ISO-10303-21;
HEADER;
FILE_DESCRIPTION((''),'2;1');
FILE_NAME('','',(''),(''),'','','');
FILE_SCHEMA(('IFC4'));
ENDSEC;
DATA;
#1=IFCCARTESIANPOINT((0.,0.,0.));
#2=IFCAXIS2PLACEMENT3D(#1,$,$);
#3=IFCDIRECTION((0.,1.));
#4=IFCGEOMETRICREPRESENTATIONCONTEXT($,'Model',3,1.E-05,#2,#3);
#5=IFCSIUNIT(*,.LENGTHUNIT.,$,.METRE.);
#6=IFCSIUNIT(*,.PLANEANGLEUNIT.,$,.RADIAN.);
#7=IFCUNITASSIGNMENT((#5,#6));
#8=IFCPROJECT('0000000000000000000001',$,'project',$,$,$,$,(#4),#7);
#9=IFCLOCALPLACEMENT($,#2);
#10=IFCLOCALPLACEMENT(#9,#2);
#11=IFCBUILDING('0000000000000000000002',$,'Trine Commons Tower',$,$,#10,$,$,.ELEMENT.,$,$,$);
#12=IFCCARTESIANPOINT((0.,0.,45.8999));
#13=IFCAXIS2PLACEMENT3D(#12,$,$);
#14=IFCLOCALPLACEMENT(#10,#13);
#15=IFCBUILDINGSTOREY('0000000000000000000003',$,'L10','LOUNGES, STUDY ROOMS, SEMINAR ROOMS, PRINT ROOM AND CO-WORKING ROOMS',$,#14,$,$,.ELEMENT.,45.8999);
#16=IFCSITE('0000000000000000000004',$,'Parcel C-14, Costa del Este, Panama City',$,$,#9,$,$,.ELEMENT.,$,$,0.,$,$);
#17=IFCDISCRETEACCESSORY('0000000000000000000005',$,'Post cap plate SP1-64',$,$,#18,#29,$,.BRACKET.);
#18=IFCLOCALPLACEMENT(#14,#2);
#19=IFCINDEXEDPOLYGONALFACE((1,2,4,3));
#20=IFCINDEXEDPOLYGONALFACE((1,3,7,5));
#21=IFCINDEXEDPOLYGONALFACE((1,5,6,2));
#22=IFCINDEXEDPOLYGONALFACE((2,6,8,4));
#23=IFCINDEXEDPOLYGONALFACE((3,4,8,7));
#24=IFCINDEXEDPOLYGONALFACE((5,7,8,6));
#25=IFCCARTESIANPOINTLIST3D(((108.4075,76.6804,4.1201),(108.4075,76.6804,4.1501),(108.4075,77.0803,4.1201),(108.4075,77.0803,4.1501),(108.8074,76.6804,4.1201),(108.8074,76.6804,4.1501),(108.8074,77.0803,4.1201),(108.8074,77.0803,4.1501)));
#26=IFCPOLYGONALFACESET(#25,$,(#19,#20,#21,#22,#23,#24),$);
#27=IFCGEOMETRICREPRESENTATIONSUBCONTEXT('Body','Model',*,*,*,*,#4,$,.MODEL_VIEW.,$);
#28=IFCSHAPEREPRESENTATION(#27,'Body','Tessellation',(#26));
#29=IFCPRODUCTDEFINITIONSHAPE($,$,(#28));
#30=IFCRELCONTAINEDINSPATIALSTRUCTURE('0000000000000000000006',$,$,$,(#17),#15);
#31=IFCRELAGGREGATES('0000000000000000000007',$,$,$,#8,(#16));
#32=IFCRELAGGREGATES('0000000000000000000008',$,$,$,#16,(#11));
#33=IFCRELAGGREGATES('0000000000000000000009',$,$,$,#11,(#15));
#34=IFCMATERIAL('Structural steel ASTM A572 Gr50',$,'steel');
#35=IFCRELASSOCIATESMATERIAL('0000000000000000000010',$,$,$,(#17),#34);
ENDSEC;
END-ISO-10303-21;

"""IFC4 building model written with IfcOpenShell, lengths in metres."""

from ifc_helpers import new_model, si_unit, direction, frame, origin, origin_2d, place, context, subcontext, project, spatial, rectangle, extrude, material, element, save


model = new_model("IFC4")

# Units and contexts
model_context = context("Model", 3, precision=1e-05, world=origin(), true_north=direction((0.0, 1.0)))
body_context = subcontext(model_context, "Body", "Model", "MODEL_VIEW")
ifc_project = project(units=[si_unit("LENGTHUNIT", "METRE"), si_unit("PLANEANGLEUNIT", "RADIAN")], contexts=[model_context])

# Site, building, storey
site_placement = place(None, origin())
site = spatial("IfcSite", under=ifc_project, at=site_placement, Name="Parcel C-14, Costa del Este, Panama City", CompositionType="ELEMENT", RefElevation=0.0)
building_placement = place(site_placement, origin())
building = spatial("IfcBuilding", under=site, at=building_placement, Name="Trine Commons Tower", CompositionType="ELEMENT")
storey_placement = place(building_placement, frame((0.0, 0.0, 45.8999)))
storey = spatial("IfcBuildingStorey", under=building, at=storey_placement, Name="L10", Description="LOUNGES, STUDY ROOMS, SEMINAR ROOMS, PRINT ROOM AND CO-WORKING ROOMS", CompositionType="ELEMENT", Elevation=45.8999)

# Discrete accessory
ifc_material_1 = material(Name="Structural steel ASTM A572 Gr50", Category="steel")
for number, where, z_axis, x_axis, name in (
    (1, (108.6074, 76.8804, 4.1201), (0.0, 0.0, 1.0), (1.0, 0.0, 0.0), "Post cap plate SP1-64"),
):
    element("IfcDiscreteAccessory", number, at=place(storey_placement, frame(where, z_axis=z_axis, x_axis=x_axis)), inside=storey, material=ifc_material_1, Name=name, PredefinedType="BRACKET", context=body_context, shape_type="SweptSolid", body=[
        extrude(rectangle(XDim=0.3999, YDim=0.3999, at=origin_2d()), origin(), (0.0, 0.0, 1.0), 0.03),
    ])

save(model, "model.ifc")
